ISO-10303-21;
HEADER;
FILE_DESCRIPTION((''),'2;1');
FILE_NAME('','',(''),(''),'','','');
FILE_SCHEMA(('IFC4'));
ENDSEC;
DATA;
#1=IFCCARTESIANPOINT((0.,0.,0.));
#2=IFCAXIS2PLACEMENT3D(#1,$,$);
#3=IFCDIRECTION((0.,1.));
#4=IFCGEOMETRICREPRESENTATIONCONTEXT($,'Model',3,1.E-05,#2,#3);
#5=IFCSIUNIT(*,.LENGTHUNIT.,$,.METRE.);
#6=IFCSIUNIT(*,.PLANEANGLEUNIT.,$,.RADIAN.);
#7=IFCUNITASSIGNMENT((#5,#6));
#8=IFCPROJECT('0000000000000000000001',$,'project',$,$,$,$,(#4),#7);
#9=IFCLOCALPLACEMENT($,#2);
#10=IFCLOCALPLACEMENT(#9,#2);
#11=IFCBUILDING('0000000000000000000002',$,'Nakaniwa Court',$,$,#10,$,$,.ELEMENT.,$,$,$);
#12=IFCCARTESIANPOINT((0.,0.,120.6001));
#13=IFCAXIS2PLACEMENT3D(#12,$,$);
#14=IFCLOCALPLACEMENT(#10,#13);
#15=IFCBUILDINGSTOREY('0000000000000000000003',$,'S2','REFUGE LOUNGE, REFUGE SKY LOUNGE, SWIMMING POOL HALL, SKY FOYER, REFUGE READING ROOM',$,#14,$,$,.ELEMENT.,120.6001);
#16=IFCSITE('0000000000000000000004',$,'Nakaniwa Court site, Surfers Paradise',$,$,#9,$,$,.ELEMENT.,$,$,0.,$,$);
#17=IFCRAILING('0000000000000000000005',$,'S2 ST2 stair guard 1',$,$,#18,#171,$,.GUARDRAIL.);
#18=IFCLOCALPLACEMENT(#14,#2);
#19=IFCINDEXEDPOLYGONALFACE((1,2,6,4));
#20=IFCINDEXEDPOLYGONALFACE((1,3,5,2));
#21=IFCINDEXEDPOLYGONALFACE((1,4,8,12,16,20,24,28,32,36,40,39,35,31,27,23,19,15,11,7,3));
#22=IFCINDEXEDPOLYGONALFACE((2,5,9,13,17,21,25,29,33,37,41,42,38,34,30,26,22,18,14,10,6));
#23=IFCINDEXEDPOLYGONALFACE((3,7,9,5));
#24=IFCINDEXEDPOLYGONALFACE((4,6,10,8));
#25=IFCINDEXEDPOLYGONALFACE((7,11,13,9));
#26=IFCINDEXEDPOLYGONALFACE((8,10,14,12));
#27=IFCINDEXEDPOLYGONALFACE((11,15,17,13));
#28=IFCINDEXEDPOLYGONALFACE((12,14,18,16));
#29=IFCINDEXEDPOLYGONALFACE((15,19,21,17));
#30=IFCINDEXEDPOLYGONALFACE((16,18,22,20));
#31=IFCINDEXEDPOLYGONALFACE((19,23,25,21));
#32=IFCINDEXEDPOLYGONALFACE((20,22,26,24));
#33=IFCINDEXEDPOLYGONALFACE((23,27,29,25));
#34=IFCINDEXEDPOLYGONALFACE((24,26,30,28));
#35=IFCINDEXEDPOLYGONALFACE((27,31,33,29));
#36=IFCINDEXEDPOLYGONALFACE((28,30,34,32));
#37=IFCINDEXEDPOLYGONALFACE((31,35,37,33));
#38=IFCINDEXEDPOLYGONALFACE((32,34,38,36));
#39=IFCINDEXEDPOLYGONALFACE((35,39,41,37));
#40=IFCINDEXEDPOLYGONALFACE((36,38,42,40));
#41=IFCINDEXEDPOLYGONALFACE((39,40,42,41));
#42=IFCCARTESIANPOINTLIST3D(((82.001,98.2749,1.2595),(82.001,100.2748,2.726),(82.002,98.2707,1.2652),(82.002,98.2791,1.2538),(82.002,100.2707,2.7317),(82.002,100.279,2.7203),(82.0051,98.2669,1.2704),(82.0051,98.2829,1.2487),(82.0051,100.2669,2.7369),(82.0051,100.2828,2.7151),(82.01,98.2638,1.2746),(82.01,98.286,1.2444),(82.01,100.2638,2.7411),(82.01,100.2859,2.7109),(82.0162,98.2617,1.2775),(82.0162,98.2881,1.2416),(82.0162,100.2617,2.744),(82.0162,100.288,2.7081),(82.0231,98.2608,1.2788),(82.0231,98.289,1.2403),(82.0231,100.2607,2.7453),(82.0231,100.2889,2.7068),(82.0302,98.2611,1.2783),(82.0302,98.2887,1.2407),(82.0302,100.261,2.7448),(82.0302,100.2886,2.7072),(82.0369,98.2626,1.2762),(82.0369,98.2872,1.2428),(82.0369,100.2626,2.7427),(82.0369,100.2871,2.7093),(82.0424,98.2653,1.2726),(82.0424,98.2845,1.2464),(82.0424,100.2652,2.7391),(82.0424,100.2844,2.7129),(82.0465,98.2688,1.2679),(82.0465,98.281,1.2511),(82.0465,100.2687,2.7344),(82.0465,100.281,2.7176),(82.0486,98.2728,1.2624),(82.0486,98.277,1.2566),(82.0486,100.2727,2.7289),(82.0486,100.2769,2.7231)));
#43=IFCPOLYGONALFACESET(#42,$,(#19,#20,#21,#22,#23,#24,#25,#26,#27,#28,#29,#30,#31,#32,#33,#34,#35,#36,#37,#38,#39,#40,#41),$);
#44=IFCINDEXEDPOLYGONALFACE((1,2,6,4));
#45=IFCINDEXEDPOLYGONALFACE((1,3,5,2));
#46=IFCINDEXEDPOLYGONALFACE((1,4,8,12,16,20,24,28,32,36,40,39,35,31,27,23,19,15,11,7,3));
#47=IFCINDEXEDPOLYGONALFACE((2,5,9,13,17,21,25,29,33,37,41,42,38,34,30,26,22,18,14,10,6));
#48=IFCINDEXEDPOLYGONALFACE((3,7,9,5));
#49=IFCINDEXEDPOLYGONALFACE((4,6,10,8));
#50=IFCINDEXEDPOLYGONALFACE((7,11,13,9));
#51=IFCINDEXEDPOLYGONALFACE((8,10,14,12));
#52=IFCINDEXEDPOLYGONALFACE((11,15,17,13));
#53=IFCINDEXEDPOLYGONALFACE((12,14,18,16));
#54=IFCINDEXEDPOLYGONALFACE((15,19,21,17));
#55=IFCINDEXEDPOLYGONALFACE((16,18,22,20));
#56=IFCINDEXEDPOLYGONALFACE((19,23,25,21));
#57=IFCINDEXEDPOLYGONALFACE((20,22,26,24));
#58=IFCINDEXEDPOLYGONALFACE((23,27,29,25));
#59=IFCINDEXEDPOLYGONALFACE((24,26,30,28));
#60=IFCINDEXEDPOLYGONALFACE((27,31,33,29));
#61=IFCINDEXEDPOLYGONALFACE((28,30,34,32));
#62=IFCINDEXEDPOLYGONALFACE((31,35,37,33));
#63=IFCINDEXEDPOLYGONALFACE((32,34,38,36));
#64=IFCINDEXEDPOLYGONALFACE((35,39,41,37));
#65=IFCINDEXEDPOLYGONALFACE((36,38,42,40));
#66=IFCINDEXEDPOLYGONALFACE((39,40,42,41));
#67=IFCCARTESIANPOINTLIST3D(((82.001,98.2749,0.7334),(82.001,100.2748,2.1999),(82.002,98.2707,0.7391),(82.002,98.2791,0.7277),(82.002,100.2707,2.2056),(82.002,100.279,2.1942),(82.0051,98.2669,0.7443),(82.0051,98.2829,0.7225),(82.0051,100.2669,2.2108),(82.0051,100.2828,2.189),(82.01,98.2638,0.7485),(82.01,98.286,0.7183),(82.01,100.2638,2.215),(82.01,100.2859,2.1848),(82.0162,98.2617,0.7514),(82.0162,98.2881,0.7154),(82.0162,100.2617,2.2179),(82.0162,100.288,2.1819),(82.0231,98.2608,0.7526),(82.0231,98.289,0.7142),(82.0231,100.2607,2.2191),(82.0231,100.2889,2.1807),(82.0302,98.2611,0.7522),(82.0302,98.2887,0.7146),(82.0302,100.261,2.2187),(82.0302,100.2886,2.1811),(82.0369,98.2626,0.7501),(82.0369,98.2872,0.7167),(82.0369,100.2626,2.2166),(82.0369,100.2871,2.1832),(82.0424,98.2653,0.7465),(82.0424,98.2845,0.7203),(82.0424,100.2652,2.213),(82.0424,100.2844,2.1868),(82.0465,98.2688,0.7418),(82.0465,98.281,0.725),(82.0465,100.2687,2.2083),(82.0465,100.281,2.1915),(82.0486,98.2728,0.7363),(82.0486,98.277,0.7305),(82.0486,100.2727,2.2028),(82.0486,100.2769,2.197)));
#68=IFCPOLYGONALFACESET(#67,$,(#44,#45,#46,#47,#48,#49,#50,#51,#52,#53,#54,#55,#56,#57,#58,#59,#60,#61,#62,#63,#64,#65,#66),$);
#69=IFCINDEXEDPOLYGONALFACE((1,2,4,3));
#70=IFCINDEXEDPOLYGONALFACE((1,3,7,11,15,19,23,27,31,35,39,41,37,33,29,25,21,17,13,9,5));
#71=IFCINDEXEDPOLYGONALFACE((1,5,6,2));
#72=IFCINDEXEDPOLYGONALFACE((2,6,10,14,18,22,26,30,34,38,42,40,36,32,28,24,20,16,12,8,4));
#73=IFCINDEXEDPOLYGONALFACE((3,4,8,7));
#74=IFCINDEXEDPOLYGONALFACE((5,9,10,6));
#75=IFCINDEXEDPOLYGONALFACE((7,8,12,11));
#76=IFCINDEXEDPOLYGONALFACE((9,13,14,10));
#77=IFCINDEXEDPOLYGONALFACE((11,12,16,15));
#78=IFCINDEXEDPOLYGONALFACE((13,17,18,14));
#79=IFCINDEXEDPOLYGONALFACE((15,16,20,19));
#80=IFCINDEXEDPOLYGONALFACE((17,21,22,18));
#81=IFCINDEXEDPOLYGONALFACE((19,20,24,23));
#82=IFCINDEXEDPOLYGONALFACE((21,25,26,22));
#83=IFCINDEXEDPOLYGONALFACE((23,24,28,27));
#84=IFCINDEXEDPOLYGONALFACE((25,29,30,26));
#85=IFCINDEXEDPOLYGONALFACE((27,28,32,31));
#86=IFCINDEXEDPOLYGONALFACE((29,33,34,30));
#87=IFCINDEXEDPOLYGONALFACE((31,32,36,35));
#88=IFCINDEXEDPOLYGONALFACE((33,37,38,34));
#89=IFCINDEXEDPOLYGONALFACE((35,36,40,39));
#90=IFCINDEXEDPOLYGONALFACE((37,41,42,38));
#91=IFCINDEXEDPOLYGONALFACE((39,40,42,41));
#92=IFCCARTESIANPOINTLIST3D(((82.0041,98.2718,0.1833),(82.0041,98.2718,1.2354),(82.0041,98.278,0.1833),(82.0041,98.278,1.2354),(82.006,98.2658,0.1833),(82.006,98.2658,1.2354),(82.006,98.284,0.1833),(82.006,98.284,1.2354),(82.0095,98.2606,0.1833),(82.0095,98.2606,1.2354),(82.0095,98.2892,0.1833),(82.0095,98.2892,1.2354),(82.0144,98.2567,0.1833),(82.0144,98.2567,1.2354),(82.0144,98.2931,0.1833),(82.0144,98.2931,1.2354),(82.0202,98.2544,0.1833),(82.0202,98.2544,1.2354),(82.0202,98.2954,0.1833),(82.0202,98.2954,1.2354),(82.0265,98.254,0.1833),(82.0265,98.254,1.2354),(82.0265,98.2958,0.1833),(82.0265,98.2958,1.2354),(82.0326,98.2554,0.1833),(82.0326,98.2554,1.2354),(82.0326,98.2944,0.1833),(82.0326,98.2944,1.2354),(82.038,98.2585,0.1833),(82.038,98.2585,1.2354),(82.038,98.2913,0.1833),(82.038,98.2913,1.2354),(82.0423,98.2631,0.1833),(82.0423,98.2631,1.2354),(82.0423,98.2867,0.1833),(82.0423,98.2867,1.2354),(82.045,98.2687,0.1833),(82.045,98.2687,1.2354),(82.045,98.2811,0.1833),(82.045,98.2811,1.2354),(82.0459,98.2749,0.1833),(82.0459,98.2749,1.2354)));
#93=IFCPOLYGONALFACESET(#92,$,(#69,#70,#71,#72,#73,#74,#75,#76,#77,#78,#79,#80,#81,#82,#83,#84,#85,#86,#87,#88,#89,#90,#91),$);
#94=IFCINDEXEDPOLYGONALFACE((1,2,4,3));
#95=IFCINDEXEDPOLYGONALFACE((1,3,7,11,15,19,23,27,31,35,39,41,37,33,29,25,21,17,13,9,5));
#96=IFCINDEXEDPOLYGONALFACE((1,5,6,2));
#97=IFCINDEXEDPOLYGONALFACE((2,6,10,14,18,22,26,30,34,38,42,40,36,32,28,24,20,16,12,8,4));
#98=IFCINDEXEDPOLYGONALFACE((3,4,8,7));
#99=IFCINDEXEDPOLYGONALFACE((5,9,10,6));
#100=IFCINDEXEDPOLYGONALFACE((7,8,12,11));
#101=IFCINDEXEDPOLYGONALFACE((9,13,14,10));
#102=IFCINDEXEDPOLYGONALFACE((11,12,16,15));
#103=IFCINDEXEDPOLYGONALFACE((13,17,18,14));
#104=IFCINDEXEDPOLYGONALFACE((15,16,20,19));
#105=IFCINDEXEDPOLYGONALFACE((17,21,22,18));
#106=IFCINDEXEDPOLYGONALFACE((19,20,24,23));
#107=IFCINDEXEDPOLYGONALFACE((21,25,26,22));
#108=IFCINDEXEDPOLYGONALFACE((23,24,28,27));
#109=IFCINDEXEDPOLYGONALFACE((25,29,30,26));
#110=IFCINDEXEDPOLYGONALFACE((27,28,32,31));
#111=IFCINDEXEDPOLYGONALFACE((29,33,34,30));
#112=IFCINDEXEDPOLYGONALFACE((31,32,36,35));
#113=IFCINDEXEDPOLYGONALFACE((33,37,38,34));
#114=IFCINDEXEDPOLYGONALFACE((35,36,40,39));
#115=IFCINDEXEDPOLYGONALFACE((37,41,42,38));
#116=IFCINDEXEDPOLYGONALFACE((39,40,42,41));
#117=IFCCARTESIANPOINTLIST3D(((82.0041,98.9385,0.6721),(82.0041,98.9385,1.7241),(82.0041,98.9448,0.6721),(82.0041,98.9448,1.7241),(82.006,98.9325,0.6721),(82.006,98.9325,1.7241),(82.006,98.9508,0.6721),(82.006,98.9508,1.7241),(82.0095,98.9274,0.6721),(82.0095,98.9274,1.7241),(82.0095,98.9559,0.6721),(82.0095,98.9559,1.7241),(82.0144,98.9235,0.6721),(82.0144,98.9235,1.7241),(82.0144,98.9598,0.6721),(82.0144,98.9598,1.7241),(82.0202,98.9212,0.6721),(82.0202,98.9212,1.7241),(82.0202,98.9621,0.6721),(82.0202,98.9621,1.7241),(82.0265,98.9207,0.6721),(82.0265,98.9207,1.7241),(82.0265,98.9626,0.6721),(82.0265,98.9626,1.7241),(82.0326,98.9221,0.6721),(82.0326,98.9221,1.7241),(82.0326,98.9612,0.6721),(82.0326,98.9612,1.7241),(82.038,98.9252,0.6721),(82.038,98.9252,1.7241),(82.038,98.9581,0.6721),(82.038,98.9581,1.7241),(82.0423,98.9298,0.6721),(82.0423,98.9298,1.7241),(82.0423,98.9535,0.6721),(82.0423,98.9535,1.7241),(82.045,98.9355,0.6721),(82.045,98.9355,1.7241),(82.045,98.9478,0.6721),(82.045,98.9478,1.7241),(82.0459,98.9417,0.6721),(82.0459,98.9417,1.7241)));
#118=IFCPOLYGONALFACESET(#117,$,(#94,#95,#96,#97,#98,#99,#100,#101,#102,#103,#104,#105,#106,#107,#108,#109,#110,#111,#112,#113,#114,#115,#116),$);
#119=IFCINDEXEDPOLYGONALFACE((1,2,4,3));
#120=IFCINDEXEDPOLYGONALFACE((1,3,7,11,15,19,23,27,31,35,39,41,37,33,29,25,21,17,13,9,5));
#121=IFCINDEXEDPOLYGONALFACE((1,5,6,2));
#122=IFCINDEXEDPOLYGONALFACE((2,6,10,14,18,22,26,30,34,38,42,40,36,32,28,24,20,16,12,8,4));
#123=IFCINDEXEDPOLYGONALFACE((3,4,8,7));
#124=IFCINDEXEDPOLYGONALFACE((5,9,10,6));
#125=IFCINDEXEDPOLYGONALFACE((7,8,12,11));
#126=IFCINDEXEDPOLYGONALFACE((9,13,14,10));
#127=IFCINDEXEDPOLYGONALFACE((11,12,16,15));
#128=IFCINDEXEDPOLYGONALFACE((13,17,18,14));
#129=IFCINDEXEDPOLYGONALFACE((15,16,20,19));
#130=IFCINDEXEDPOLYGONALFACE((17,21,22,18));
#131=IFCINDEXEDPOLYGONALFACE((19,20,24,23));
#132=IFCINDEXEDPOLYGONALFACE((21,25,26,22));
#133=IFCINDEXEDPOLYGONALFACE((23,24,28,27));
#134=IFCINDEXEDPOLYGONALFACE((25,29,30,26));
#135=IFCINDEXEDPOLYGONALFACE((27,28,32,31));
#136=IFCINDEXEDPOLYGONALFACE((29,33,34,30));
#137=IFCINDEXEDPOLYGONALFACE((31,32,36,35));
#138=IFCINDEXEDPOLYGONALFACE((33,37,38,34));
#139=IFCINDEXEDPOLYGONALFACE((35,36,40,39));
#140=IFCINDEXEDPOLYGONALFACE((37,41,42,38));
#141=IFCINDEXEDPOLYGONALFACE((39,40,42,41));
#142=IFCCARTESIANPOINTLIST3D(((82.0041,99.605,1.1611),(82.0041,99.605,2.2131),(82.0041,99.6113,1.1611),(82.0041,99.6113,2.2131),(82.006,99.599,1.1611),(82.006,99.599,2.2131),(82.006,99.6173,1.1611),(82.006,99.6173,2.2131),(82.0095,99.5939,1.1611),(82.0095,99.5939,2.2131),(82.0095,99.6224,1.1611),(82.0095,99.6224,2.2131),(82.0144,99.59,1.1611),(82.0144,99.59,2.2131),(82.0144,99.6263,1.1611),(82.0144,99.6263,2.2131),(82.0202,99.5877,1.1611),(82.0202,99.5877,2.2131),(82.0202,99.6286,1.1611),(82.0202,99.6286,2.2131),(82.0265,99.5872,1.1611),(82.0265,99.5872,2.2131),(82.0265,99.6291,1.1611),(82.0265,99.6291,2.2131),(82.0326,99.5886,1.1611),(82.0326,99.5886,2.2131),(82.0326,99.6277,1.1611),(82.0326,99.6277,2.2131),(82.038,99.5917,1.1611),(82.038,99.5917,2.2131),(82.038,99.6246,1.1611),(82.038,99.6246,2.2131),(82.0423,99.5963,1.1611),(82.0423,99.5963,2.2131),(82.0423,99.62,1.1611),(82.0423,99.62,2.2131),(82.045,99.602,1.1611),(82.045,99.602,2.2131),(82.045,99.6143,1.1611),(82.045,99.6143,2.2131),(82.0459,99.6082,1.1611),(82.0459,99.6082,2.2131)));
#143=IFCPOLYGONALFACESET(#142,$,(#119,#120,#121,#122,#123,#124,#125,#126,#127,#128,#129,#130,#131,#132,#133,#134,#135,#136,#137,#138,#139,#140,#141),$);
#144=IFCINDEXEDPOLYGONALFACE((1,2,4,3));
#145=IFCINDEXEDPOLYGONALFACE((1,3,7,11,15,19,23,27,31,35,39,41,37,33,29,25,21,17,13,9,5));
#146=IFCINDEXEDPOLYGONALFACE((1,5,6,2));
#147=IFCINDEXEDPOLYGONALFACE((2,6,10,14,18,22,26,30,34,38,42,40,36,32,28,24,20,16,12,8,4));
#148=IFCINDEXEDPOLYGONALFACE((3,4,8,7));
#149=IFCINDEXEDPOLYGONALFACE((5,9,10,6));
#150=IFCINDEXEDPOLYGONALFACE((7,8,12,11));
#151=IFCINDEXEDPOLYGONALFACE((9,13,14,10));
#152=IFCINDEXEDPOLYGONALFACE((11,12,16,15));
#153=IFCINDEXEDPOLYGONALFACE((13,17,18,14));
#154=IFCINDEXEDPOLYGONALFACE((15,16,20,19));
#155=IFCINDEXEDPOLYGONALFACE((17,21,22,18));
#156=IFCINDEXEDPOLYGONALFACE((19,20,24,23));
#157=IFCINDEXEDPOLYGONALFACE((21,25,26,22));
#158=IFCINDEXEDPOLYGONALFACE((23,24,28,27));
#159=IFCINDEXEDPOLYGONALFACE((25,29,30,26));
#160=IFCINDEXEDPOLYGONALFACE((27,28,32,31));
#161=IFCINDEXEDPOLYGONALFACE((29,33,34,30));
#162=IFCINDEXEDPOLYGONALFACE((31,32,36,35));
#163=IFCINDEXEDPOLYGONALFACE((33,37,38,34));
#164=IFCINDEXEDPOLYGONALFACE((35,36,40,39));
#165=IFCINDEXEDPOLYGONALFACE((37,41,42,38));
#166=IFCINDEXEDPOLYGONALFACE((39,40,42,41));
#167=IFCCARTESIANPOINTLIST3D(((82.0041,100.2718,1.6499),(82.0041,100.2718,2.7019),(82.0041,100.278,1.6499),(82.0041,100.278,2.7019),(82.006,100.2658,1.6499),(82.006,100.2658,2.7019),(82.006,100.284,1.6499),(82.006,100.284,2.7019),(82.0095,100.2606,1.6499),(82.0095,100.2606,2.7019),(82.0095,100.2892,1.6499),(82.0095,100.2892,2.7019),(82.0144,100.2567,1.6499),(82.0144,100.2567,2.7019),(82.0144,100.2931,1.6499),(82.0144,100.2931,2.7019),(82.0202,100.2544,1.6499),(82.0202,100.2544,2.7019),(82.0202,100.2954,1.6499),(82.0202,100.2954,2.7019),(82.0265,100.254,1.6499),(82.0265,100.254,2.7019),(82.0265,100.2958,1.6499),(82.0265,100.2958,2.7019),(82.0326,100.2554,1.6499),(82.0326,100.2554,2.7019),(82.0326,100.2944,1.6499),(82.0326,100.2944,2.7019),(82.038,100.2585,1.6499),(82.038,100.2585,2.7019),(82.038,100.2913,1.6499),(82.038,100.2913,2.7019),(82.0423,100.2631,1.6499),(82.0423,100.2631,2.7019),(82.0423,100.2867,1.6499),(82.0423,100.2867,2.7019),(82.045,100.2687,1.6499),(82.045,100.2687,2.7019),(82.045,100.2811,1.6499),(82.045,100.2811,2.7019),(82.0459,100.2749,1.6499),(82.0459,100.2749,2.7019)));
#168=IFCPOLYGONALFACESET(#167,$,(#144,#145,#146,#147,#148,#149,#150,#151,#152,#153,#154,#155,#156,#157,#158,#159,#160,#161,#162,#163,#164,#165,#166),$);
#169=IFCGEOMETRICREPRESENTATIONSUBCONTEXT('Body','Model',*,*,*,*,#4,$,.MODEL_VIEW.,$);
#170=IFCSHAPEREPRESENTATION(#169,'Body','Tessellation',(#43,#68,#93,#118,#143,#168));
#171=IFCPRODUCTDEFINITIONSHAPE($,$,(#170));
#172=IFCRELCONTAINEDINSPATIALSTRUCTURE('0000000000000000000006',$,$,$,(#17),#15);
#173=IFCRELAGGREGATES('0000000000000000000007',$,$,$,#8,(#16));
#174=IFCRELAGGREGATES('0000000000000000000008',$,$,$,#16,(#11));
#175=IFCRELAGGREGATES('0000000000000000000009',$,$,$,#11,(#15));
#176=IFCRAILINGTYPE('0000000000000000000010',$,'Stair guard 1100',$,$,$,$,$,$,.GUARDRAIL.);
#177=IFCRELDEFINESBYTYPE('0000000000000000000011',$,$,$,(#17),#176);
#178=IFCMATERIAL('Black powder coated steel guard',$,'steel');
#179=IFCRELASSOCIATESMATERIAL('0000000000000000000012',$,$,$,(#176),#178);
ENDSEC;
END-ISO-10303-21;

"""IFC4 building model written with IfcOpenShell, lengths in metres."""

from ifc_helpers import new_model, si_unit, direction, frame, origin, origin_2d, place, context, subcontext, project, spatial, circle, extrude, material, type_object, element, save


model = new_model("IFC4")

# Units and contexts
model_context = context("Model", 3, precision=1e-05, world=origin(), true_north=direction((0.0, 1.0)))
body_context = subcontext(model_context, "Body", "Model", "MODEL_VIEW")
ifc_project = project(units=[si_unit("LENGTHUNIT", "METRE"), si_unit("PLANEANGLEUNIT", "RADIAN")], contexts=[model_context])

# Site, building, storey
site_placement = place(None, origin())
site = spatial("IfcSite", under=ifc_project, at=site_placement, Name="Nakaniwa Court site, Surfers Paradise", CompositionType="ELEMENT", RefElevation=0.0)
building_placement = place(site_placement, origin())
building = spatial("IfcBuilding", under=site, at=building_placement, Name="Nakaniwa Court", CompositionType="ELEMENT")
storey_placement = place(building_placement, frame((0.0, 0.0, 120.6001)))
storey = spatial("IfcBuildingStorey", under=building, at=storey_placement, Name="S2", Description="REFUGE LOUNGE, REFUGE SKY LOUNGE, SWIMMING POOL HALL, SKY FOYER, REFUGE READING ROOM", CompositionType="ELEMENT", Elevation=120.6001)

# Railing
ifc_material_1 = material(Name="Black powder coated steel guard", Category="steel")
railing_type_1 = type_object("IfcRailingType", Name="Stair guard 1100", PredefinedType="GUARDRAIL", material=ifc_material_1)
railing_1_placement = place(storey_placement, frame((82.0249, 98.2749, 0.1833)))
element("IfcRailing", 1, at=railing_1_placement, inside=storey, type_object=railing_type_1, Name="S2 ST2 stair guard 1", PredefinedType="GUARDRAIL", context=body_context, shape_type="SweptSolid", body=[
    extrude(circle(Radius=0.0239, at=origin_2d()), frame((0.0, 0.0, 1.0762), z_axis=(0.0, 0.806427, 0.591334), x_axis=(-1.0, 0.0, 0.0)), (0.0, 0.0, 1.0), 2.48),
    extrude(circle(Radius=0.0239, at=origin_2d()), frame((0.0, 0.0, 0.55), z_axis=(0.0, 0.806427, 0.591334), x_axis=(-1.0, 0.0, 0.0)), (0.0, 0.0, 1.0), 2.48),
    extrude(circle(Radius=0.021, at=origin_2d()), origin(), (0.0, 0.0, 1.0), 1.052),
    extrude(circle(Radius=0.021, at=origin_2d()), frame((0.0, 0.6667, 0.4888)), (0.0, 0.0, 1.0), 1.052),
    extrude(circle(Radius=0.021, at=origin_2d()), frame((0.0, 1.3333, 0.9778)), (0.0, 0.0, 1.0), 1.052),
    extrude(circle(Radius=0.021, at=origin_2d()), frame((0.0, 2.0, 1.4666)), (0.0, 0.0, 1.0), 1.052),
])

save(model, "model.ifc")
